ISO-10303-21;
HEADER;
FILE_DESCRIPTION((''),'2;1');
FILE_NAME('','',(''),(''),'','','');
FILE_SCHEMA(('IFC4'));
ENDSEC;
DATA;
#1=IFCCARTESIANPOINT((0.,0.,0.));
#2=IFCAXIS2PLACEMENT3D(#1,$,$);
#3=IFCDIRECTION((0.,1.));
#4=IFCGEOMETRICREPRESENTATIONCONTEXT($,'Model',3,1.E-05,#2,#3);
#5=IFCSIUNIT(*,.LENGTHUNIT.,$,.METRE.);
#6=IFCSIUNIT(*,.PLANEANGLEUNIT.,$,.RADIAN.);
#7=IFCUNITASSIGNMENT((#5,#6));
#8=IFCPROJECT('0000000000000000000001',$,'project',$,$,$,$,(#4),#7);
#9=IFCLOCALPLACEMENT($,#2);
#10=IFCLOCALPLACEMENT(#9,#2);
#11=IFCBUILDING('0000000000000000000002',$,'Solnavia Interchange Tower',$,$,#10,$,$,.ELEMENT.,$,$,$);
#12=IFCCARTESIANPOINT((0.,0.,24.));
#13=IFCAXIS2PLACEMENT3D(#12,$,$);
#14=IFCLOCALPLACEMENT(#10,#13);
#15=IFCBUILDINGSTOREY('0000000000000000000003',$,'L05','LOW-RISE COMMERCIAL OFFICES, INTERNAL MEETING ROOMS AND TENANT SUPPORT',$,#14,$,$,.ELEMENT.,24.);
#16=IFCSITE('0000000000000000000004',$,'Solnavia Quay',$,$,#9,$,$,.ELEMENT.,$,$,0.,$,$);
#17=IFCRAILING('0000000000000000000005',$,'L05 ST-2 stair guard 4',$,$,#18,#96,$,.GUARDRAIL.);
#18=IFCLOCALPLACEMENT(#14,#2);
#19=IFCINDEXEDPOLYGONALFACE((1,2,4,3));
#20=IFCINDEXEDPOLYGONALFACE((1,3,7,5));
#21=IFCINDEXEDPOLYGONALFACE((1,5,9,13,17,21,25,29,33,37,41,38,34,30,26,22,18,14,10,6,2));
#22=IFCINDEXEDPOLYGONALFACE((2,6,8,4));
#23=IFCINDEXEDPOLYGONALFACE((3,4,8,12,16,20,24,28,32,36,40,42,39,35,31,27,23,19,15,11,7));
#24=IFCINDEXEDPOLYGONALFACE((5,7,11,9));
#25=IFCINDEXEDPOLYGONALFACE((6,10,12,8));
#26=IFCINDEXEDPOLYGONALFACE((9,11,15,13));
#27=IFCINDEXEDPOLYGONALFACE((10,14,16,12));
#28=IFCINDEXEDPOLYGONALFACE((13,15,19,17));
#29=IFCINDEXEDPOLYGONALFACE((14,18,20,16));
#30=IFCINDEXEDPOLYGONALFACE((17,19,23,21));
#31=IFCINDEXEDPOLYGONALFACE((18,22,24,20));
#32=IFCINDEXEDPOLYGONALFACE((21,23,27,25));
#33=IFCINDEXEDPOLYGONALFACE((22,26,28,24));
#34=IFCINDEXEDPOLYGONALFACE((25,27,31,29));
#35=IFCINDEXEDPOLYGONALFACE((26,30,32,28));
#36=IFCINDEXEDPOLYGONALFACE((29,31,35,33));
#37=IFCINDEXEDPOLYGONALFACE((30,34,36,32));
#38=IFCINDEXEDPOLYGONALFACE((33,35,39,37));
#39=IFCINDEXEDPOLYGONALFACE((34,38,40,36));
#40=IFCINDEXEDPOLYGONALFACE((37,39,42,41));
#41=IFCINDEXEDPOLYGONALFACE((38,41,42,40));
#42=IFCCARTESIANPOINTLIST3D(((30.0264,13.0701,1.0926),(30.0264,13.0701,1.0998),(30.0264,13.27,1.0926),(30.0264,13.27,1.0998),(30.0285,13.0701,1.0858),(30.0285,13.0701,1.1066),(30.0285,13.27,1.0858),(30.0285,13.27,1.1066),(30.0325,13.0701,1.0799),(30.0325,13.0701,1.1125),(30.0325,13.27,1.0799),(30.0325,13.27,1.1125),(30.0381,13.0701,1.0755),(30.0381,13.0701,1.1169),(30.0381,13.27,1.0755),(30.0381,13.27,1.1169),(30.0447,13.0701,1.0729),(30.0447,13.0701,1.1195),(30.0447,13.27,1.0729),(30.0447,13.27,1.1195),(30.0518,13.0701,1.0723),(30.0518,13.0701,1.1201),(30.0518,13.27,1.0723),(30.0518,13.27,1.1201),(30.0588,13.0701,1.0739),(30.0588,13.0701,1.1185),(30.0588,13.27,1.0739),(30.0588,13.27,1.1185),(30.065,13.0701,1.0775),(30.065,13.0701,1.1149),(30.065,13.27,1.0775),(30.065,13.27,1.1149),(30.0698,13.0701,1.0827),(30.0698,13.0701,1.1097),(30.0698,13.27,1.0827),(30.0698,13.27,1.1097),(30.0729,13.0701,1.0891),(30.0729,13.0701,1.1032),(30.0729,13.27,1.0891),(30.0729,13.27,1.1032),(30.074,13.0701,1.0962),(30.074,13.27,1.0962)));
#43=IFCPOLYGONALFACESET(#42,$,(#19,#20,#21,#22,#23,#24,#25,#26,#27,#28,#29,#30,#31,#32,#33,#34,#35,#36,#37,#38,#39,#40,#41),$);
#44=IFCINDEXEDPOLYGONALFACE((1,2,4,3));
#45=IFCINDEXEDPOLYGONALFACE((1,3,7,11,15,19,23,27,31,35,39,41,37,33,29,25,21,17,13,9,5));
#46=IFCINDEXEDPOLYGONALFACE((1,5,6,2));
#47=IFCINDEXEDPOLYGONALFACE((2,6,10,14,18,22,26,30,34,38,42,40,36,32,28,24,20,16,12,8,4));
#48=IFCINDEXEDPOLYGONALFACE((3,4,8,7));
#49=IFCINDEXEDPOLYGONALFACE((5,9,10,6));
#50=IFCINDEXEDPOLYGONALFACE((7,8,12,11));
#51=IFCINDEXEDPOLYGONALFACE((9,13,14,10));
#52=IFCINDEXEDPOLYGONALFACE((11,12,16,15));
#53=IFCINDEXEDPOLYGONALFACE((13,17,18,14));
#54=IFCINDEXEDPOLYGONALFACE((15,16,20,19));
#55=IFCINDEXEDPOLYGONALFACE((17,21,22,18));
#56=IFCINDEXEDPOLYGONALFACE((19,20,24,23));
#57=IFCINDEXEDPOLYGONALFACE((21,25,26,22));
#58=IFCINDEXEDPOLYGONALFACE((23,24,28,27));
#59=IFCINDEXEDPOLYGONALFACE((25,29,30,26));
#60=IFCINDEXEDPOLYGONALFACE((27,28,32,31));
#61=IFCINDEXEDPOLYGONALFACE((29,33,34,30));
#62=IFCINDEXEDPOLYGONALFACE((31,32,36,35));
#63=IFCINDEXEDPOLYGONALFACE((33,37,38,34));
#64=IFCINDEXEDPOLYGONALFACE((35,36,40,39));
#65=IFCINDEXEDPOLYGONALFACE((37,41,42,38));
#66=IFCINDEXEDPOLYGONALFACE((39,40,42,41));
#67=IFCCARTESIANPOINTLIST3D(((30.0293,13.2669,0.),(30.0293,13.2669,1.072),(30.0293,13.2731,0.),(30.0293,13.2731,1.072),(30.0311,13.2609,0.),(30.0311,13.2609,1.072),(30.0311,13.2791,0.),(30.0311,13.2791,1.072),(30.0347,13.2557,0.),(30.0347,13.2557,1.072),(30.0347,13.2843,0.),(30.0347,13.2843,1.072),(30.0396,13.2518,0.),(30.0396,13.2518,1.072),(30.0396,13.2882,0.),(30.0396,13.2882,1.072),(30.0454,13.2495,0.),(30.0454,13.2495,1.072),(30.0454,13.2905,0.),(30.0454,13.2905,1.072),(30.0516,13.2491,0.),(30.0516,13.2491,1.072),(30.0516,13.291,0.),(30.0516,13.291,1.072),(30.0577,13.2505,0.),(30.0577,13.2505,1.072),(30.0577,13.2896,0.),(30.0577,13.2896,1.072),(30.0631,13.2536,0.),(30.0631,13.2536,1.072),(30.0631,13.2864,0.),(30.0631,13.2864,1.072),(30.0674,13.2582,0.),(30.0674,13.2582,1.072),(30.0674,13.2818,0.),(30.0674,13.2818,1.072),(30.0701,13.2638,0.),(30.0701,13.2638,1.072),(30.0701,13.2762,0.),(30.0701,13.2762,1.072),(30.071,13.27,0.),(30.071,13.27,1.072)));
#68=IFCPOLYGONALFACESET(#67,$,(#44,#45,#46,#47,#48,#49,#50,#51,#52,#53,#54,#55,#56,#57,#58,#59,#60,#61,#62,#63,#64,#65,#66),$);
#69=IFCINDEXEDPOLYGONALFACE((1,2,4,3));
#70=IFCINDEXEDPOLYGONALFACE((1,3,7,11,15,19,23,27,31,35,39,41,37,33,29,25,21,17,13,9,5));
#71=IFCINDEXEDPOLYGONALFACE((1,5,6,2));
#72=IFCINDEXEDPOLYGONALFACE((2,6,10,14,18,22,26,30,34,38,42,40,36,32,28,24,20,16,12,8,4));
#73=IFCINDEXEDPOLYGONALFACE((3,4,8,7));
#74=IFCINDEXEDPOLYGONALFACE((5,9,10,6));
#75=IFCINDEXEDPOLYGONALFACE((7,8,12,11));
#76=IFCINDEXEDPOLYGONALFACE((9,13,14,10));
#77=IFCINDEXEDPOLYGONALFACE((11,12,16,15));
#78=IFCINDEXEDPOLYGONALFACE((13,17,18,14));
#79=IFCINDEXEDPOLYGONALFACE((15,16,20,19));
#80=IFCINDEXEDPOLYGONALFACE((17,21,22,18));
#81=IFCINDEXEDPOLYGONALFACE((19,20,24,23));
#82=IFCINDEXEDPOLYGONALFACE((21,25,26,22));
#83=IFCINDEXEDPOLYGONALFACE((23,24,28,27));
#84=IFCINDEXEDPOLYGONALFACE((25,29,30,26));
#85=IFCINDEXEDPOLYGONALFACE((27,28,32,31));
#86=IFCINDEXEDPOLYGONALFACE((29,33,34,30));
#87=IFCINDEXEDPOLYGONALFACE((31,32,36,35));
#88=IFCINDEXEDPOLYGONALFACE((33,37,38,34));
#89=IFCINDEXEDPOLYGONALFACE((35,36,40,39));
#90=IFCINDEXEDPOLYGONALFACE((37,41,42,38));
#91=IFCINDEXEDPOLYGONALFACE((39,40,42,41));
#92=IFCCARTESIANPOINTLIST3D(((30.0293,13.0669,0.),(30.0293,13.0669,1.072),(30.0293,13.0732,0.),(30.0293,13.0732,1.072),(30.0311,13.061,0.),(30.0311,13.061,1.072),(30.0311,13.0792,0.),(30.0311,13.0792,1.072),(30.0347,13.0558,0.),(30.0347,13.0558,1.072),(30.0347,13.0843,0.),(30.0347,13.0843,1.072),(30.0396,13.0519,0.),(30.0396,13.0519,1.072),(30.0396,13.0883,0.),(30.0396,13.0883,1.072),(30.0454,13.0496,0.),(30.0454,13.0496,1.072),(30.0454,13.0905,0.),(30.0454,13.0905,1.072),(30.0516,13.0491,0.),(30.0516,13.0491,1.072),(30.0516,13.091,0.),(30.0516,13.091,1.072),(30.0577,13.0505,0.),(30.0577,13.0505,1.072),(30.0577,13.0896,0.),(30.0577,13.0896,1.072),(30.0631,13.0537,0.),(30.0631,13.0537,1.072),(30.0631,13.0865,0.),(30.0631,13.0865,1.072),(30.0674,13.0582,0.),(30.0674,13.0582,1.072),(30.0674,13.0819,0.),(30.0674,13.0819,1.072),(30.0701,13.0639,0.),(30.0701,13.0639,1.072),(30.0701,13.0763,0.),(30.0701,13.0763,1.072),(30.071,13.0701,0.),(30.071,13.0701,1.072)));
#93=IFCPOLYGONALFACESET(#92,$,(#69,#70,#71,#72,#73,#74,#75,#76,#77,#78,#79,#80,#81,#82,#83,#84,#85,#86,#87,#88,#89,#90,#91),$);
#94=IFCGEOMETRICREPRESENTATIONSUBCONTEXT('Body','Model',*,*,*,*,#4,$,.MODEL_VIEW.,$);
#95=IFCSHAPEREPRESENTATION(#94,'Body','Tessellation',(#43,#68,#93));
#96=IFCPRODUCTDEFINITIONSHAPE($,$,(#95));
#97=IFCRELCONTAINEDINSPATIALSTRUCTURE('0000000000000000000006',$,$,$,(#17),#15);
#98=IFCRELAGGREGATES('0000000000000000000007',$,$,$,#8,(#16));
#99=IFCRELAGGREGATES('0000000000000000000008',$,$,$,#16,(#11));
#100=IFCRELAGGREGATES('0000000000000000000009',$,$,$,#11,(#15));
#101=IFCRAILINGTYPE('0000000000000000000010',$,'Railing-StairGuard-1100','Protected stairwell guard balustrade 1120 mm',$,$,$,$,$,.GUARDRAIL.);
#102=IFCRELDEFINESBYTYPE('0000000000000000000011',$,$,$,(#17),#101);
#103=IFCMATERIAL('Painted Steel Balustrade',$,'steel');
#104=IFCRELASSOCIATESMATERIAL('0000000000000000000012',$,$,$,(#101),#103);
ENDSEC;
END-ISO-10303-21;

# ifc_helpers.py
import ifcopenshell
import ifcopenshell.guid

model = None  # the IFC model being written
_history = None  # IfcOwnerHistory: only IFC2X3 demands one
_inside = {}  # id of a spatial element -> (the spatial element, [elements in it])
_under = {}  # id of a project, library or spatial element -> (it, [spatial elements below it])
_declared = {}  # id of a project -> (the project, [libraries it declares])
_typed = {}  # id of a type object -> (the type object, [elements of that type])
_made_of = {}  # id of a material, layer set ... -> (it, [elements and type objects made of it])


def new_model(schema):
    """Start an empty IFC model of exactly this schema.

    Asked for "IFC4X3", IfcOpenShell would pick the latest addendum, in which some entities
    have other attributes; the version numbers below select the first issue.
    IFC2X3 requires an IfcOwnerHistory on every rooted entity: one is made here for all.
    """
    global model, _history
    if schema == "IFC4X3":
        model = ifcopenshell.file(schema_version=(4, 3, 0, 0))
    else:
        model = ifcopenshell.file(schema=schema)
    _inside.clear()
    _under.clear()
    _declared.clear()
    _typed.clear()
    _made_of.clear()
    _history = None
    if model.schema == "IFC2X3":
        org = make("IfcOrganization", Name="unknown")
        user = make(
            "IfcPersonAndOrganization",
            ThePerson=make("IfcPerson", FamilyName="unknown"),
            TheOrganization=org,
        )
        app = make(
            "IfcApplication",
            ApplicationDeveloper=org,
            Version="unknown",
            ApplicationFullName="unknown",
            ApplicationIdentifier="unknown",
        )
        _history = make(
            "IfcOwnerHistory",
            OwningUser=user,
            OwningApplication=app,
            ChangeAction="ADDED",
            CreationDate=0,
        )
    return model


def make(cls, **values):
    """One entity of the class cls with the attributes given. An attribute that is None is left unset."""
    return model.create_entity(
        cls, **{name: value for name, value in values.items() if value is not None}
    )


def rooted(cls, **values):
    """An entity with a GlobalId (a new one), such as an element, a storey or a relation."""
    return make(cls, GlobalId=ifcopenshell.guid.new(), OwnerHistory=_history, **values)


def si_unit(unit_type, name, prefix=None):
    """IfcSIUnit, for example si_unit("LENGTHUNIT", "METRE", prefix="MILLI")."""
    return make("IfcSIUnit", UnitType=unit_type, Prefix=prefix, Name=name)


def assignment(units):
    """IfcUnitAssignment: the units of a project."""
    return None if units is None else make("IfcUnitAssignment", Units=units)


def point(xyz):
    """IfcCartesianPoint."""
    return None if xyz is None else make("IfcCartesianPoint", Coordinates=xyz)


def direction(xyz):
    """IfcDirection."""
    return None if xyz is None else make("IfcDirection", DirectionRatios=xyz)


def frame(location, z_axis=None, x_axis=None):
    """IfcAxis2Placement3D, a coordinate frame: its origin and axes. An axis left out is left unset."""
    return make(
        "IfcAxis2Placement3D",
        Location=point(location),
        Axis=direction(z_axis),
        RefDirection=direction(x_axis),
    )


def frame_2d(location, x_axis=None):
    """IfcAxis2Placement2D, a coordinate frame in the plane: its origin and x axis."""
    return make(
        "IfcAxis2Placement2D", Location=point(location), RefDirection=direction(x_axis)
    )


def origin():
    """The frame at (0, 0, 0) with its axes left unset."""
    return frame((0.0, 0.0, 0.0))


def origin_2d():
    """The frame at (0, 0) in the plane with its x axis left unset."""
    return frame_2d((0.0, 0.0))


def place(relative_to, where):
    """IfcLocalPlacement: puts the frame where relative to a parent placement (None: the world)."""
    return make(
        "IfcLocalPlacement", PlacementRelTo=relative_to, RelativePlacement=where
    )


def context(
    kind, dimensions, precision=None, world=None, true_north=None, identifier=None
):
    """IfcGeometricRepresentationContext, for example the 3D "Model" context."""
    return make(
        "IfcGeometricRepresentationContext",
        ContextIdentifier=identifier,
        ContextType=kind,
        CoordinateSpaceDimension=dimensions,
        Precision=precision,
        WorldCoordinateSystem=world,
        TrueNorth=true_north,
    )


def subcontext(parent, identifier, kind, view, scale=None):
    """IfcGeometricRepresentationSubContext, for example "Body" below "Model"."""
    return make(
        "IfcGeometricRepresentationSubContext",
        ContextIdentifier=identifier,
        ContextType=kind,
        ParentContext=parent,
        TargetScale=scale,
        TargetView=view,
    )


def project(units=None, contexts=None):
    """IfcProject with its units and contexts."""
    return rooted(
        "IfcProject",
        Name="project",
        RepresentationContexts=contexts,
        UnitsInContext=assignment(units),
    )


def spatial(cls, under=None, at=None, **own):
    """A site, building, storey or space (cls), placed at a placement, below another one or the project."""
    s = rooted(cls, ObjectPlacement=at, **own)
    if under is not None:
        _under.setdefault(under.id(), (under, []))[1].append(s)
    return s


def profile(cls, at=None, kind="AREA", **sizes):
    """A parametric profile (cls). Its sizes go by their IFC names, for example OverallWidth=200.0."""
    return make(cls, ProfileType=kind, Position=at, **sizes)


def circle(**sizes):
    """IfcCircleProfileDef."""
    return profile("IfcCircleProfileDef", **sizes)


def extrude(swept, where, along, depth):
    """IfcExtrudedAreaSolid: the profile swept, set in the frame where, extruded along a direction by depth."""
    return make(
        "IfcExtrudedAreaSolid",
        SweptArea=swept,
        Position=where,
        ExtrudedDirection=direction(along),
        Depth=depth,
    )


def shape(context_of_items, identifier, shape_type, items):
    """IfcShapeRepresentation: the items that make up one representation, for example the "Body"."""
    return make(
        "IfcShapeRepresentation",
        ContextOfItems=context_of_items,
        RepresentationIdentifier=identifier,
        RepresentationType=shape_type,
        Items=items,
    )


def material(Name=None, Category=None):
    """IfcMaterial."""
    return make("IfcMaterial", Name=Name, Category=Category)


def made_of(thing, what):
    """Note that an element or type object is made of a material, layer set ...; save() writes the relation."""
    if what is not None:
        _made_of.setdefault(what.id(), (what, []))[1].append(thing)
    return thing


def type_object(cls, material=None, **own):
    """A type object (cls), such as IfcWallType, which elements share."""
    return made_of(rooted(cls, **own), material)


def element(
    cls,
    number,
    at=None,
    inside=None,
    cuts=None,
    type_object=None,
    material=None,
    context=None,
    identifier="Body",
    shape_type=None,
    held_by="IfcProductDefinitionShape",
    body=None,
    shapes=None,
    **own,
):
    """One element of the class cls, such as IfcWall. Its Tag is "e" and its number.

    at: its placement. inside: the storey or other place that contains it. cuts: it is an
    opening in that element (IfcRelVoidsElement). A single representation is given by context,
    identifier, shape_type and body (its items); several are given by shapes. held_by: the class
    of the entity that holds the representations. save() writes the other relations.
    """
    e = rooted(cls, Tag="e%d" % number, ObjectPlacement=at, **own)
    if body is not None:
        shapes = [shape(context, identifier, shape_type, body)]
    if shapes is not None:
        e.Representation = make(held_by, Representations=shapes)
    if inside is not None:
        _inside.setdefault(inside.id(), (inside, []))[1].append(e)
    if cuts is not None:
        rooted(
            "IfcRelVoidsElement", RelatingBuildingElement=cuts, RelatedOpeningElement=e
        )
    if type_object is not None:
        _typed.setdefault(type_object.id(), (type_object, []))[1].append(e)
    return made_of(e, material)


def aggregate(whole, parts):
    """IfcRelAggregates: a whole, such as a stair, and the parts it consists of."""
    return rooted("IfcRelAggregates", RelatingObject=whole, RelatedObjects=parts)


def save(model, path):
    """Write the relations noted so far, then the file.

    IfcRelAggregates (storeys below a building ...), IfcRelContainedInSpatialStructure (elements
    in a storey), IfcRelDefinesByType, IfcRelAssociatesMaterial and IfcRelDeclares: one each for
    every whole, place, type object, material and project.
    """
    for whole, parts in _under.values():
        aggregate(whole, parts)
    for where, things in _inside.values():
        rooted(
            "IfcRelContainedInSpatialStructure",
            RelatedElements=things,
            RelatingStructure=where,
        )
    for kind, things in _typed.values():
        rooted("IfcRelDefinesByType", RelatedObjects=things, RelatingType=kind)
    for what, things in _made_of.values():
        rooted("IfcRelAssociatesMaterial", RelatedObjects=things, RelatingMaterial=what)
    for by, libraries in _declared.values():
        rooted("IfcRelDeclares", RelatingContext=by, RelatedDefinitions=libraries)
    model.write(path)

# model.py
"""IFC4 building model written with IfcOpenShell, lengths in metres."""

from ifc_helpers import new_model, si_unit, direction, frame, origin, origin_2d, place, context, subcontext, project, spatial, circle, extrude, material, type_object, element, save


model = new_model("IFC4")

# Units and contexts
model_context = context("Model", 3, precision=1e-05, world=origin(), true_north=direction((0.0, 1.0)))
body_context = subcontext(model_context, "Body", "Model", "MODEL_VIEW")
ifc_project = project(units=[si_unit("LENGTHUNIT", "METRE"), si_unit("PLANEANGLEUNIT", "RADIAN")], contexts=[model_context])

# Site, building, storey
site_placement = place(None, origin())
site = spatial("IfcSite", under=ifc_project, at=site_placement, Name="Solnavia Quay", CompositionType="ELEMENT", RefElevation=0.0)
building_placement = place(site_placement, origin())
building = spatial("IfcBuilding", under=site, at=building_placement, Name="Solnavia Interchange Tower", CompositionType="ELEMENT")
storey_placement = place(building_placement, frame((0.0, 0.0, 24.0)))
storey = spatial("IfcBuildingStorey", under=building, at=storey_placement, Name="L05", Description="LOW-RISE COMMERCIAL OFFICES, INTERNAL MEETING ROOMS AND TENANT SUPPORT", CompositionType="ELEMENT", Elevation=24.0)

# Railing
ifc_material_1 = material(Name="Painted Steel Balustrade", Category="steel")
railing_type_1 = type_object("IfcRailingType", Name="Railing-StairGuard-1100", Description="Protected stairwell guard balustrade 1120 mm", PredefinedType="GUARDRAIL", material=ifc_material_1)
railing_1_placement = place(storey_placement, frame((30.05, 13.27, 0.0)))
element("IfcRailing", 1, at=railing_1_placement, inside=storey, type_object=railing_type_1, Name="L05 ST-2 stair guard 4", PredefinedType="GUARDRAIL", context=body_context, shape_type="SweptSolid", body=[
    extrude(circle(Radius=0.0239, at=origin_2d()), frame((0.0, 0.0, 1.0962), z_axis=(0.0, -1.0, 0.0), x_axis=(1.0, 0.0, 0.0)), (0.0, 0.0, 1.0), 0.2),
    extrude(circle(Radius=0.021, at=origin_2d()), origin(), (0.0, 0.0, 1.0), 1.072),
    extrude(circle(Radius=0.021, at=origin_2d()), frame((0.0, -0.2, 0.0)), (0.0, 0.0, 1.0), 1.072),
])

save(model, "model.ifc")
